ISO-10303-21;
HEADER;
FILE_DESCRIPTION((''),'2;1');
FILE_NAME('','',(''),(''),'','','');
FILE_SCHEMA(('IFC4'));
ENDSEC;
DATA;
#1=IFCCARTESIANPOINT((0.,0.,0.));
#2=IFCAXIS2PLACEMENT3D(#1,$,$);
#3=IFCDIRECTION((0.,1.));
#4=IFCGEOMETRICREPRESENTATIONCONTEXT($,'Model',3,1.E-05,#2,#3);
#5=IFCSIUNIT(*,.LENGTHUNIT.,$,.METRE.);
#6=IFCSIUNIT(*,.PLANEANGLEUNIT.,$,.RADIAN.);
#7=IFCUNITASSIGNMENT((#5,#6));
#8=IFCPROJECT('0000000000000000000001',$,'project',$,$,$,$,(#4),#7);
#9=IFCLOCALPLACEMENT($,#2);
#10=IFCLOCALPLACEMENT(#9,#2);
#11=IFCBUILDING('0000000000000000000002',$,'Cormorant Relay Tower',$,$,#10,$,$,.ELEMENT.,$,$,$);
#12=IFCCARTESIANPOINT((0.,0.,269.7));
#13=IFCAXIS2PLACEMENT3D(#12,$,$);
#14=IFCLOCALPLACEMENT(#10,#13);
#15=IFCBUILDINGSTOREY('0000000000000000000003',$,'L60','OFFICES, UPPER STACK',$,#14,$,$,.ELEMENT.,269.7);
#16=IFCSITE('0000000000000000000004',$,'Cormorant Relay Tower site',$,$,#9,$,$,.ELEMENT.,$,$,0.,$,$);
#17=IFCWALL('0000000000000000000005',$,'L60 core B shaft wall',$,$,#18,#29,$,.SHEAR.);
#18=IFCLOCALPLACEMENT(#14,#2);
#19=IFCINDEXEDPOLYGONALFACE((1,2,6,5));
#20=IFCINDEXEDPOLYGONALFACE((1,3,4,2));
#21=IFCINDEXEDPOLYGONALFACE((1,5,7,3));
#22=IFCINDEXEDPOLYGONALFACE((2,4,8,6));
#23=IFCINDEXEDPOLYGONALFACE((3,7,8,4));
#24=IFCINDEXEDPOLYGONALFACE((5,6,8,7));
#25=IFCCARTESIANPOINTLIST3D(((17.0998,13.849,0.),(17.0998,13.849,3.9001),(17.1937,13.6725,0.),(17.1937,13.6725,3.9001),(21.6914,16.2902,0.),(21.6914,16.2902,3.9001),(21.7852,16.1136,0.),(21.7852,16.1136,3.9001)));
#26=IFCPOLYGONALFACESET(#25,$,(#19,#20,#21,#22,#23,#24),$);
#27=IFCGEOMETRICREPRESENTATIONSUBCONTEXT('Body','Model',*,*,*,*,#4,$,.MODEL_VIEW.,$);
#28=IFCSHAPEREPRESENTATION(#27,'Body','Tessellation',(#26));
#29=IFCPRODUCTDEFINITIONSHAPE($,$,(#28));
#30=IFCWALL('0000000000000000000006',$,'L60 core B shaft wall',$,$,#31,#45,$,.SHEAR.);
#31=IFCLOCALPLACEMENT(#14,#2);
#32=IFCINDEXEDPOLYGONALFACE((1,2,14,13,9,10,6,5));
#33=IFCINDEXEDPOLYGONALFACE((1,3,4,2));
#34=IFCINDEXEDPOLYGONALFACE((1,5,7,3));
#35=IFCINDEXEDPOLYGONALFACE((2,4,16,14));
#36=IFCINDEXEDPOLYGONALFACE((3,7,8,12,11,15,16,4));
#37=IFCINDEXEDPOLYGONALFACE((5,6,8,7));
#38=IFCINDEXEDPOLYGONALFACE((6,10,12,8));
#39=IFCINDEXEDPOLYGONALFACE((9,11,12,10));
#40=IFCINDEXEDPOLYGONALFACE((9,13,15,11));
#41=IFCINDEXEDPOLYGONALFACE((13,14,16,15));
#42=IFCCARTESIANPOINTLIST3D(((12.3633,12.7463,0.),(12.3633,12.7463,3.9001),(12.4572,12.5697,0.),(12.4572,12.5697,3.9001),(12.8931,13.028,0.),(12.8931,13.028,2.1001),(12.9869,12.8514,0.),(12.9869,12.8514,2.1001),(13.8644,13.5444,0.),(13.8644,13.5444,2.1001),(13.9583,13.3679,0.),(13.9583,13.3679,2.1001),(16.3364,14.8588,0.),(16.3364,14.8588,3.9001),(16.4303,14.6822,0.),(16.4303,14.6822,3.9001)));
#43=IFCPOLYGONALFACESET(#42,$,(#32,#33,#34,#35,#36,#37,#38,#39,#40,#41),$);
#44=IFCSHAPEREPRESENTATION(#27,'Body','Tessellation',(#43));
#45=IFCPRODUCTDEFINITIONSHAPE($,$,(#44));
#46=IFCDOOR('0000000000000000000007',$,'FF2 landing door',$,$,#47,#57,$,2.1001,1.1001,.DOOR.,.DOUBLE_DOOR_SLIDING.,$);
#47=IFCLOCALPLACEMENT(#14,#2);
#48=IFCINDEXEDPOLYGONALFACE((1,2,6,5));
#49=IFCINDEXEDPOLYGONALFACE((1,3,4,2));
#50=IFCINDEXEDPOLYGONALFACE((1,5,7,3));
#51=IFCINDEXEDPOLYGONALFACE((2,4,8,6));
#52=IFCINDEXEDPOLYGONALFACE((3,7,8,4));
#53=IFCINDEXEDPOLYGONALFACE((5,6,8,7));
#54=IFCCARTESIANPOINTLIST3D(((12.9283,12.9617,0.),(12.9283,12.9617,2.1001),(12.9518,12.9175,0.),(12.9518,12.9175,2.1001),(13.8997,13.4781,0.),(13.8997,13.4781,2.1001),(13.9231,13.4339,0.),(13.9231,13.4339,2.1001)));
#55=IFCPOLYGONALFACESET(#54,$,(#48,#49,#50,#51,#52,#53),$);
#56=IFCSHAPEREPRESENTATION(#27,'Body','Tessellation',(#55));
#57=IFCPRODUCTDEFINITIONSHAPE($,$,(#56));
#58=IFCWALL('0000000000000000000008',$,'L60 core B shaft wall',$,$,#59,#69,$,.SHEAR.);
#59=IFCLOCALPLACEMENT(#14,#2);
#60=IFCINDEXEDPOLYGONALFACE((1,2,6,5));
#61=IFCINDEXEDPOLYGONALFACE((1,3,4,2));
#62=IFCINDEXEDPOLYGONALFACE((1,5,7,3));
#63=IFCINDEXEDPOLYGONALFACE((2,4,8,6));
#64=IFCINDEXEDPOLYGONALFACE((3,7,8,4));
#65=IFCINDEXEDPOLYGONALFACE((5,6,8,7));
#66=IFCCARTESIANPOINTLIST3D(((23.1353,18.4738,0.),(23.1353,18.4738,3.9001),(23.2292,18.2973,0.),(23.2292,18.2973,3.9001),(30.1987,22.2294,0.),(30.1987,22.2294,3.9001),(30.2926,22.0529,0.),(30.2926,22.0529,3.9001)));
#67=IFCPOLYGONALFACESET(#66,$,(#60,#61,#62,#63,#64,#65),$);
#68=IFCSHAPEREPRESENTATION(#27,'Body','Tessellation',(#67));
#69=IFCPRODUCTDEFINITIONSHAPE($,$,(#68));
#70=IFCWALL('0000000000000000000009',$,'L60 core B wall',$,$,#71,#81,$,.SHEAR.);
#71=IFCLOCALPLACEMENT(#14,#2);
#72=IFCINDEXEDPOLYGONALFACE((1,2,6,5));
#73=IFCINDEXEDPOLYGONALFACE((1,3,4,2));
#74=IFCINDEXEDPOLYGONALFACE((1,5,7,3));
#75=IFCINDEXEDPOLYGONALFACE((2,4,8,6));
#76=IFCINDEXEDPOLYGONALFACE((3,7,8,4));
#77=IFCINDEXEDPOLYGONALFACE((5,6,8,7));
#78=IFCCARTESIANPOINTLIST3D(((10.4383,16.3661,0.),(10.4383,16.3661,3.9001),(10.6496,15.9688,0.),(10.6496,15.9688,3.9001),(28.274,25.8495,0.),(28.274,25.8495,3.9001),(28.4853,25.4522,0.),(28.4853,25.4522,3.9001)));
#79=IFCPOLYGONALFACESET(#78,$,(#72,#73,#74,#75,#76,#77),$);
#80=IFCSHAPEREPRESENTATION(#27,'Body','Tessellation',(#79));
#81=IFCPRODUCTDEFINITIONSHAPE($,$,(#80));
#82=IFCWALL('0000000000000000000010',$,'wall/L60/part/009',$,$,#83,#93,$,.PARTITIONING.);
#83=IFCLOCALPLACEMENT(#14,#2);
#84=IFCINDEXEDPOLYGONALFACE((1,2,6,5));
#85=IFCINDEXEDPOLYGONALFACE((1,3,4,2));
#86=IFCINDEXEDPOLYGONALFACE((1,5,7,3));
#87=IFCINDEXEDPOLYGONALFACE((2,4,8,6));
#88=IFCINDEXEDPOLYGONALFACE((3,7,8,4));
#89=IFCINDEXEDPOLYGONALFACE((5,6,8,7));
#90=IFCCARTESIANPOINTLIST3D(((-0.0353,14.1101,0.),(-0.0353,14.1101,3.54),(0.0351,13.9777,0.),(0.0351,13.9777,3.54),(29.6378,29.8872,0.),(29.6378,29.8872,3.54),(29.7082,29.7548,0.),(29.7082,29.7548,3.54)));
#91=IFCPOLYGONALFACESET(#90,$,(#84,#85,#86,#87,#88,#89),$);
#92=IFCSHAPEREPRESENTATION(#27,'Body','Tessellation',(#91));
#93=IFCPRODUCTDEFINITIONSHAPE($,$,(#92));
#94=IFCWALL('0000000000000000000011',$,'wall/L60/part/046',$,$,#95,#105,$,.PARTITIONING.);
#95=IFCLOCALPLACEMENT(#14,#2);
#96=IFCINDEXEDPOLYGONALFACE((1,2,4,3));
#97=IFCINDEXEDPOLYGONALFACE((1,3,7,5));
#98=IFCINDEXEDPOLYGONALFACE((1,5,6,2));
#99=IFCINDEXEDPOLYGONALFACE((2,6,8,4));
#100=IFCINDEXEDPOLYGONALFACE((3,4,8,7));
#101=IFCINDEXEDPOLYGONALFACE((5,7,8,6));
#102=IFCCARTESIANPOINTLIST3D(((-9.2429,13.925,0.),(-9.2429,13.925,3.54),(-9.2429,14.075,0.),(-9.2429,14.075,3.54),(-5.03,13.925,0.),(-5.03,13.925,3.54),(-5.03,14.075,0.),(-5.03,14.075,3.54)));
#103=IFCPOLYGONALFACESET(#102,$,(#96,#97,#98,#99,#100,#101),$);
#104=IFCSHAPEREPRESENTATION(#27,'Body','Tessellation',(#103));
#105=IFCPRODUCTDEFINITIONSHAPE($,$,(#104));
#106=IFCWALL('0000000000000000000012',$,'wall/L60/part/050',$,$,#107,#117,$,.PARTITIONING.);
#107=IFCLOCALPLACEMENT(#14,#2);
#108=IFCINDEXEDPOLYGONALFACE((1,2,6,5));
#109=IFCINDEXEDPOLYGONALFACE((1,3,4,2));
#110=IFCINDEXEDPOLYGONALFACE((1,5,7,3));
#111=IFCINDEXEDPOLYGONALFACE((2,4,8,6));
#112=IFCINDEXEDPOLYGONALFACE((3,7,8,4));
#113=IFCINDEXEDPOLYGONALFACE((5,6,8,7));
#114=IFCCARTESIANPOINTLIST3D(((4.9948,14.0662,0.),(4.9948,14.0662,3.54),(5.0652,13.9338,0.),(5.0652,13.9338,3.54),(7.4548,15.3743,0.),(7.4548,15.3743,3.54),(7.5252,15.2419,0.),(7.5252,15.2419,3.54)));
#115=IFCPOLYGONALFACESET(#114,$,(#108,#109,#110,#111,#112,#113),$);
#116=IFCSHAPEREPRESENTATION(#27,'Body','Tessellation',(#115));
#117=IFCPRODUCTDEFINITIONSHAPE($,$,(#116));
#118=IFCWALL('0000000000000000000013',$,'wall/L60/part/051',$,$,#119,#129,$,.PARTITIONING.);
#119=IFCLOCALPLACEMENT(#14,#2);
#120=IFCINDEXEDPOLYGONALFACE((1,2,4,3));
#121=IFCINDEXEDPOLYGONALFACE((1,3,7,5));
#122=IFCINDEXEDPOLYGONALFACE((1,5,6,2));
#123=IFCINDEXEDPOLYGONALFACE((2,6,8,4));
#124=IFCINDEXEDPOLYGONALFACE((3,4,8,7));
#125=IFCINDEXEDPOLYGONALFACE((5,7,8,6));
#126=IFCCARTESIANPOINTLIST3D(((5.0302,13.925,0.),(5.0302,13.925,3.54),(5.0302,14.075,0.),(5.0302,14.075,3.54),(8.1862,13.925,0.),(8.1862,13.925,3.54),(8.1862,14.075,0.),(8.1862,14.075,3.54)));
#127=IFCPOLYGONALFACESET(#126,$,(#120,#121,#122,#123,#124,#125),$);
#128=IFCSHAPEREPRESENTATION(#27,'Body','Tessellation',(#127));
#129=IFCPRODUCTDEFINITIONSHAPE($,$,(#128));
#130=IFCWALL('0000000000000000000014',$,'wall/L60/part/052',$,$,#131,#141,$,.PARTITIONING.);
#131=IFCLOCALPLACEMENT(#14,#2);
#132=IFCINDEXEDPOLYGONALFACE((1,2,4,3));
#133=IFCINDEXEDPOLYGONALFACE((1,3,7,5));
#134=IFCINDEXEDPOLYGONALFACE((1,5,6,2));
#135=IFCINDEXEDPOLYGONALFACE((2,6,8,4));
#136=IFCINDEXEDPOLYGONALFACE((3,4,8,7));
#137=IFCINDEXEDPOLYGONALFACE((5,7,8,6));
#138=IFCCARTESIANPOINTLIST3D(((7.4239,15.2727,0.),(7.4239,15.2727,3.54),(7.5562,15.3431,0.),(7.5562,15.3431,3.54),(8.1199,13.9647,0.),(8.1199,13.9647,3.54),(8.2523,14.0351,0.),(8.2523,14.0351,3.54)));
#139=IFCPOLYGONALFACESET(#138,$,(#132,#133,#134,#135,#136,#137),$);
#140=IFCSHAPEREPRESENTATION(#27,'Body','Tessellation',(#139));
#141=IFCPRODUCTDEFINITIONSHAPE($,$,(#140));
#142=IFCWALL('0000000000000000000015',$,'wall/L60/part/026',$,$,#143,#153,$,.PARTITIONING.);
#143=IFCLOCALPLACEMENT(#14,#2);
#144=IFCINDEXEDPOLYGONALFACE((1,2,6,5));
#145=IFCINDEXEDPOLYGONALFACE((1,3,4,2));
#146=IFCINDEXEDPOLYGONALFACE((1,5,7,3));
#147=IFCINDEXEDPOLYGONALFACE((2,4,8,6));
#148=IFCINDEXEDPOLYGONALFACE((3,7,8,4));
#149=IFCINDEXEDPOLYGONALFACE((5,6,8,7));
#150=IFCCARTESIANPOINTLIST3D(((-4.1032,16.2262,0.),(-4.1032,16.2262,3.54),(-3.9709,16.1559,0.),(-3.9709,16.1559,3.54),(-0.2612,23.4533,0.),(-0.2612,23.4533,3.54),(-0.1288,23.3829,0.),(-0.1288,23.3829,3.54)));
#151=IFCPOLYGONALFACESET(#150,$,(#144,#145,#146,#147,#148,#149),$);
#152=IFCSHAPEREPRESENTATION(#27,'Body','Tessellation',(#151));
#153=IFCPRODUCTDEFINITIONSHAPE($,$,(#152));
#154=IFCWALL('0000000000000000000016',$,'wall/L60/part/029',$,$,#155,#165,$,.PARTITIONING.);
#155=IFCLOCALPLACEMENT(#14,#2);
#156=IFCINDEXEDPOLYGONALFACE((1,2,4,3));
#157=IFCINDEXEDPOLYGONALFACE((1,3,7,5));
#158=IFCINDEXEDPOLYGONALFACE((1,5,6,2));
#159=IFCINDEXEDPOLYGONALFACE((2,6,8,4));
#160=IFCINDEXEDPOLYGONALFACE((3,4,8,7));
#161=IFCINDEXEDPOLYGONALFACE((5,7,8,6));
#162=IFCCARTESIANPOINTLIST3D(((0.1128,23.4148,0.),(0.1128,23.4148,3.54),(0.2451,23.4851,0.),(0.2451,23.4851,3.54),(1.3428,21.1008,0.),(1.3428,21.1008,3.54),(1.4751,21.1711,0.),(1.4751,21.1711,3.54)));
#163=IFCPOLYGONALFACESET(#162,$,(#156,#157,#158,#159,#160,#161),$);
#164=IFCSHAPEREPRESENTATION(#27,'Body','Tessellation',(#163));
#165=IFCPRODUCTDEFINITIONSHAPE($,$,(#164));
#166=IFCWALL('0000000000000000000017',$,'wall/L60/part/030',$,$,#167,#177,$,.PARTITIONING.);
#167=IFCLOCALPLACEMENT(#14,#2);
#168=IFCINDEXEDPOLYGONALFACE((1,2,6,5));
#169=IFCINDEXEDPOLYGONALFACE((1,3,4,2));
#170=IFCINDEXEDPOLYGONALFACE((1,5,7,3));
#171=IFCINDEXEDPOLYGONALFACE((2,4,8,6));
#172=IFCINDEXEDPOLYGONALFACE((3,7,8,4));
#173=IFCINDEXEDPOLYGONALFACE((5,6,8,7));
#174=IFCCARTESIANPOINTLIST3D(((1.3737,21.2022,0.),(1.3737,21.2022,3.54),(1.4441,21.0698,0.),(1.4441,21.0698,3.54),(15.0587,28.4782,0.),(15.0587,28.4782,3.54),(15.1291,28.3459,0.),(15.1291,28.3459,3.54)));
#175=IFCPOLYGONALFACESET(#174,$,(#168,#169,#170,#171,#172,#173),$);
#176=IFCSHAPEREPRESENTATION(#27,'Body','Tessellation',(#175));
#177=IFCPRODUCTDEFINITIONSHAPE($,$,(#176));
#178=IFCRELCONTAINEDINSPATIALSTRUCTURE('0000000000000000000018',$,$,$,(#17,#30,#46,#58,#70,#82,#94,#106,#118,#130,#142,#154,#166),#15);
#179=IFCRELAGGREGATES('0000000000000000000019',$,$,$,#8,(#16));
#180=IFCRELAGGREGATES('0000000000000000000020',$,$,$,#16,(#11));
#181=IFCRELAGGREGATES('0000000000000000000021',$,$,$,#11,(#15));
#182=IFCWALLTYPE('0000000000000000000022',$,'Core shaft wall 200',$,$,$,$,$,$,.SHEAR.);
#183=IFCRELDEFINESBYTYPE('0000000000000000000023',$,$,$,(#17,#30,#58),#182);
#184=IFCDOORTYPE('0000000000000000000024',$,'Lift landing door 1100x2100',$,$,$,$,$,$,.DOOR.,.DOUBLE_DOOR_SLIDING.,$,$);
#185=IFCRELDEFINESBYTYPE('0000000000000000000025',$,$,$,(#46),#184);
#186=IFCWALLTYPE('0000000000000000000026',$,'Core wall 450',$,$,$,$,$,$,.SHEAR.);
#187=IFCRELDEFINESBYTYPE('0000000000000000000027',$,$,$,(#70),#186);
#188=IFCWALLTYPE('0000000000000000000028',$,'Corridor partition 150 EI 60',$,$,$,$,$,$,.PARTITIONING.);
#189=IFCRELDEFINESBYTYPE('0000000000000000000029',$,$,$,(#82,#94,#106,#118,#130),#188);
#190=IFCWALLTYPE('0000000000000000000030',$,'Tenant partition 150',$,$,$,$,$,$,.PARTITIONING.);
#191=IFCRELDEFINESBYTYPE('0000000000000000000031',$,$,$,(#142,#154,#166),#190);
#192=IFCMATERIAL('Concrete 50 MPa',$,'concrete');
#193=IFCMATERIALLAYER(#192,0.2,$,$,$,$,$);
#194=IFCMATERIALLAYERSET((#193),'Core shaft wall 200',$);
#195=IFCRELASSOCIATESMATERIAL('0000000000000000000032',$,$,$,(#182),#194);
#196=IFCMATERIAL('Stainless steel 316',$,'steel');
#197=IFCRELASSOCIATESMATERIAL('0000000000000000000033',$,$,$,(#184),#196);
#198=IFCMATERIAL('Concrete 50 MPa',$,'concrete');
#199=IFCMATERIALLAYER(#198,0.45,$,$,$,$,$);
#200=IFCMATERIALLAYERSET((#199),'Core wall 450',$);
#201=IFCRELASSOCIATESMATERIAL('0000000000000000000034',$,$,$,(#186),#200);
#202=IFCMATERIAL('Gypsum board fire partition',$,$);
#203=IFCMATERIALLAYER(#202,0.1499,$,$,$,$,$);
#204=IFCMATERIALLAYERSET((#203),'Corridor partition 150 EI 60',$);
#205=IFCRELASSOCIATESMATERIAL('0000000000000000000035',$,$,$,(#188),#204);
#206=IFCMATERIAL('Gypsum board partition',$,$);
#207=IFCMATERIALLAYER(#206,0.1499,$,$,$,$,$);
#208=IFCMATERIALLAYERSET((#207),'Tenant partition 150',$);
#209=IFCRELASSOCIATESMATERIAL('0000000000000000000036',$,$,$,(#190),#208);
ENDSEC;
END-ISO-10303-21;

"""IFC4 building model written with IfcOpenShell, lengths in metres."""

from ifc_helpers import new_model, si_unit, direction, frame, frame_2d, origin, place, context, subcontext, project, spatial, rectangle, extrude, material, layer, layer_set, type_object, element, fill, save


model = new_model("IFC4")

# Units and contexts
model_context = context("Model", 3, precision=1e-05, world=origin(), true_north=direction((0.0, 1.0)))
body_context = subcontext(model_context, "Body", "Model", "MODEL_VIEW")
ifc_project = project(units=[si_unit("LENGTHUNIT", "METRE"), si_unit("PLANEANGLEUNIT", "RADIAN")], contexts=[model_context])

# Site, building, storey
site_placement = place(None, origin())
site = spatial("IfcSite", under=ifc_project, at=site_placement, Name="Cormorant Relay Tower site", CompositionType="ELEMENT", RefElevation=0.0)
building_placement = place(site_placement, origin())
building = spatial("IfcBuilding", under=site, at=building_placement, Name="Cormorant Relay Tower", CompositionType="ELEMENT")
storey_placement = place(building_placement, frame((0.0, 0.0, 269.7)))
storey = spatial("IfcBuildingStorey", under=building, at=storey_placement, Name="L60", Description="OFFICES, UPPER STACK", CompositionType="ELEMENT", Elevation=269.7)

# Shared definitions
ifc_material_1 = material(Name="Concrete 50 MPa", Category="concrete")
ifc_layer_1 = layer(ifc_material_1, 0.2)
ifc_layer_set_1 = layer_set([ifc_layer_1], Name="Core shaft wall 200")
wall_type_1 = type_object("IfcWallType", Name="Core shaft wall 200", PredefinedType="SHEAR", material=ifc_layer_set_1)

# Wall
wall_1_placement = place(storey_placement, frame((17.1467, 13.7607, 0.0), z_axis=(0.0, 0.0, 1.0), x_axis=(0.882964, 0.46944, 0.0)))
element("IfcWall", 1, at=wall_1_placement, inside=storey, type_object=wall_type_1, Name="L60 core B shaft wall", PredefinedType="SHEAR", context=body_context, shape_type="SweptSolid", body=[
    extrude(rectangle(XDim=5.2002, YDim=0.2, at=frame_2d((2.6001, 0.0))), origin(), (0.0, 0.0, 1.0), 3.9001),
])

# Wall, opening, door
wall_2_placement = place(storey_placement, frame((12.4102, 12.658, 0.0), z_axis=(0.0, 0.0, 1.0), x_axis=(0.882948, 0.46947, 0.0)))
wall_2 = element("IfcWall", 2, at=wall_2_placement, inside=storey, type_object=wall_type_1, Name="L60 core B shaft wall", PredefinedType="SHEAR", context=body_context, shape_type="SweptSolid", body=[
    extrude(rectangle(XDim=4.4998, YDim=0.2, at=frame_2d((2.25, 0.0))), origin(), (0.0, 0.0, 1.0), 3.9001),
])
opening_1_placement = place(wall_2_placement, frame((0.6001, 0.0, 0.0)))
opening_1 = element("IfcOpeningElement", 3, at=opening_1_placement, cuts=wall_2, PredefinedType="OPENING", context=body_context, shape_type="SweptSolid", body=[
    extrude(rectangle(XDim=1.1001, YDim=2.1001, at=frame_2d((0.55, 1.05))), frame((0.0, 0.1099, 0.0), z_axis=(0.0, -1.0, 0.0), x_axis=(1.0, 0.0, 0.0)), (0.0, 0.0, 1.0), 0.22),
])
ifc_material_2 = material(Name="Stainless steel 316", Category="steel")
door_type_1 = type_object("IfcDoorType", Name="Lift landing door 1100x2100", OperationType="DOUBLE_DOOR_SLIDING", PredefinedType="DOOR", material=ifc_material_2)
door_1_placement = place(opening_1_placement, origin())
door_1 = element("IfcDoor", 4, at=door_1_placement, inside=storey, type_object=door_type_1, Name="FF2 landing door", OperationType="DOUBLE_DOOR_SLIDING", OverallHeight=2.1001, OverallWidth=1.1001, PredefinedType="DOOR", context=body_context, shape_type="SweptSolid", body=[
    extrude(rectangle(XDim=1.1001, YDim=2.1001, at=frame_2d((0.55, 1.05))), frame((0.0, 0.0249, 0.0), z_axis=(0.0, -1.0, 0.0), x_axis=(1.0, 0.0, 0.0)), (0.0, 0.0, 1.0), 0.05),
])
fill(opening_1, door_1)

# Walls
wall_3_placement = place(storey_placement, frame((23.1821, 18.3855, 0.0), z_axis=(0.0, 0.0, 1.0), x_axis=(0.882953, 0.469462, 0.0)))
element("IfcWall", 5, at=wall_3_placement, inside=storey, type_object=wall_type_1, Name="L60 core B shaft wall", PredefinedType="SHEAR", context=body_context, shape_type="SweptSolid", body=[
    extrude(rectangle(XDim=7.9998, YDim=0.2, at=frame_2d((4.0, 0.0))), origin(), (0.0, 0.0, 1.0), 3.9001),
])
ifc_material_3 = material(Name="Concrete 50 MPa", Category="concrete")
ifc_layer_2 = layer(ifc_material_3, 0.45)
ifc_layer_set_2 = layer_set([ifc_layer_2], Name="Core wall 450")
wall_type_2 = type_object("IfcWallType", Name="Core wall 450", PredefinedType="SHEAR", material=ifc_layer_set_2)
wall_4_placement = place(storey_placement, frame((10.5439, 16.1675, 0.0), z_axis=(0.0, 0.0, 1.0), x_axis=(0.882948, 0.469471, 0.0)))
element("IfcWall", 6, at=wall_4_placement, inside=storey, type_object=wall_type_2, Name="L60 core B wall", PredefinedType="SHEAR", context=body_context, shape_type="SweptSolid", body=[
    extrude(rectangle(XDim=20.2002, YDim=0.45, at=frame_2d((10.1001, 0.0))), origin(), (0.0, 0.0, 1.0), 3.9001),
])
ifc_material_4 = material(Name="Gypsum board fire partition")
ifc_layer_3 = layer(ifc_material_4, 0.1499)
ifc_layer_set_3 = layer_set([ifc_layer_3], Name="Corridor partition 150 EI 60")
wall_type_3 = type_object("IfcWallType", Name="Corridor partition 150 EI 60", PredefinedType="PARTITIONING", material=ifc_layer_set_3)
wall_5_placement = place(storey_placement, frame((0.0, 14.0439, 0.0), z_axis=(0.0, 0.0, 1.0), x_axis=(0.882952, 0.469463, 0.0)))
element("IfcWall", 7, at=wall_5_placement, inside=storey, type_object=wall_type_3, Name="wall/L60/part/009", PredefinedType="PARTITIONING", context=body_context, shape_type="SweptSolid", body=[
    extrude(rectangle(XDim=33.6067, YDim=0.1499, at=frame_2d((16.8032, 0.0))), origin(), (0.0, 0.0, 1.0), 3.54),
])
wall_6_placement = place(storey_placement, frame((-5.03, 14.0, 0.0), z_axis=(0.0, 0.0, 1.0), x_axis=(-1.0, 0.0, 0.0)))
element("IfcWall", 8, at=wall_6_placement, inside=storey, type_object=wall_type_3, Name="wall/L60/part/046", PredefinedType="PARTITIONING", context=body_context, shape_type="SweptSolid", body=[
    extrude(rectangle(XDim=4.2129, YDim=0.1499, at=frame_2d((2.1064, 0.0))), origin(), (0.0, 0.0, 1.0), 3.54),
])
wall_7_placement = place(storey_placement, frame((7.49, 15.3081, 0.0), z_axis=(0.0, 0.0, 1.0), x_axis=(-0.88293, -0.469505, 0.0)))
element("IfcWall", 9, at=wall_7_placement, inside=storey, type_object=wall_type_3, Name="wall/L60/part/050", PredefinedType="PARTITIONING", context=body_context, shape_type="SweptSolid", body=[
    extrude(rectangle(XDim=2.7861, YDim=0.1499, at=frame_2d((1.3931, 0.0))), origin(), (0.0, 0.0, 1.0), 3.54),
])
wall_8_placement = place(storey_placement, frame((5.03, 14.0, 0.0), z_axis=(0.0, 0.0, 1.0), x_axis=(1.0, 0.0, 0.0)))
element("IfcWall", 10, at=wall_8_placement, inside=storey, type_object=wall_type_3, Name="wall/L60/part/051", PredefinedType="PARTITIONING", context=body_context, shape_type="SweptSolid", body=[
    extrude(rectangle(XDim=3.156, YDim=0.1499, at=frame_2d((1.5781, 0.0))), origin(), (0.0, 0.0, 1.0), 3.54),
])
wall_9_placement = place(storey_placement, frame((8.186, 14.0, 0.0), z_axis=(0.0, 0.0, 1.0), x_axis=(-0.469741, 0.882804, 0.0)))
element("IfcWall", 11, at=wall_9_placement, inside=storey, type_object=wall_type_3, Name="wall/L60/part/052", PredefinedType="PARTITIONING", context=body_context, shape_type="SweptSolid", body=[
    extrude(rectangle(XDim=1.4817, YDim=0.1499, at=frame_2d((0.7407, 0.0))), origin(), (0.0, 0.0, 1.0), 3.54),
])
ifc_material_5 = material(Name="Gypsum board partition")
ifc_layer_4 = layer(ifc_material_5, 0.1499)
ifc_layer_set_4 = layer_set([ifc_layer_4], Name="Tenant partition 150")
wall_type_4 = type_object("IfcWallType", Name="Tenant partition 150", PredefinedType="PARTITIONING", material=ifc_layer_set_4)
wall_10_placement = place(storey_placement, frame((-0.1951, 23.418, 0.0), z_axis=(0.0, 0.0, 1.0), x_axis=(-0.46941, -0.882981, 0.0)))
element("IfcWall", 12, at=wall_10_placement, inside=storey, type_object=wall_type_4, Name="wall/L60/part/026", PredefinedType="PARTITIONING", context=body_context, shape_type="SweptSolid", body=[
    extrude(rectangle(XDim=8.1848, YDim=0.1499, at=frame_2d((4.0923, 0.0))), origin(), (0.0, 0.0, 1.0), 3.54),
])
wall_11_placement = place(storey_placement, frame((0.179, 23.45, 0.0), z_axis=(0.0, 0.0, 1.0), x_axis=(0.46936, -0.883007, 0.0)))
element("IfcWall", 13, at=wall_11_placement, inside=storey, type_object=wall_type_4, Name="wall/L60/part/029", PredefinedType="PARTITIONING", context=body_context, shape_type="SweptSolid", body=[
    extrude(rectangle(XDim=2.6206, YDim=0.1499, at=frame_2d((1.3103, 0.0))), origin(), (0.0, 0.0, 1.0), 3.54),
])
wall_12_placement = place(storey_placement, frame((1.4089, 21.136, 0.0), z_axis=(0.0, 0.0, 1.0), x_axis=(0.882957, 0.469454, 0.0)))
element("IfcWall", 14, at=wall_12_placement, inside=storey, type_object=wall_type_4, Name="wall/L60/part/030", PredefinedType="PARTITIONING", context=body_context, shape_type="SweptSolid", body=[
    extrude(rectangle(XDim=15.499, YDim=0.1499, at=frame_2d((7.7495, 0.0))), origin(), (0.0, 0.0, 1.0), 3.54),
])

save(model, "model.ifc")
